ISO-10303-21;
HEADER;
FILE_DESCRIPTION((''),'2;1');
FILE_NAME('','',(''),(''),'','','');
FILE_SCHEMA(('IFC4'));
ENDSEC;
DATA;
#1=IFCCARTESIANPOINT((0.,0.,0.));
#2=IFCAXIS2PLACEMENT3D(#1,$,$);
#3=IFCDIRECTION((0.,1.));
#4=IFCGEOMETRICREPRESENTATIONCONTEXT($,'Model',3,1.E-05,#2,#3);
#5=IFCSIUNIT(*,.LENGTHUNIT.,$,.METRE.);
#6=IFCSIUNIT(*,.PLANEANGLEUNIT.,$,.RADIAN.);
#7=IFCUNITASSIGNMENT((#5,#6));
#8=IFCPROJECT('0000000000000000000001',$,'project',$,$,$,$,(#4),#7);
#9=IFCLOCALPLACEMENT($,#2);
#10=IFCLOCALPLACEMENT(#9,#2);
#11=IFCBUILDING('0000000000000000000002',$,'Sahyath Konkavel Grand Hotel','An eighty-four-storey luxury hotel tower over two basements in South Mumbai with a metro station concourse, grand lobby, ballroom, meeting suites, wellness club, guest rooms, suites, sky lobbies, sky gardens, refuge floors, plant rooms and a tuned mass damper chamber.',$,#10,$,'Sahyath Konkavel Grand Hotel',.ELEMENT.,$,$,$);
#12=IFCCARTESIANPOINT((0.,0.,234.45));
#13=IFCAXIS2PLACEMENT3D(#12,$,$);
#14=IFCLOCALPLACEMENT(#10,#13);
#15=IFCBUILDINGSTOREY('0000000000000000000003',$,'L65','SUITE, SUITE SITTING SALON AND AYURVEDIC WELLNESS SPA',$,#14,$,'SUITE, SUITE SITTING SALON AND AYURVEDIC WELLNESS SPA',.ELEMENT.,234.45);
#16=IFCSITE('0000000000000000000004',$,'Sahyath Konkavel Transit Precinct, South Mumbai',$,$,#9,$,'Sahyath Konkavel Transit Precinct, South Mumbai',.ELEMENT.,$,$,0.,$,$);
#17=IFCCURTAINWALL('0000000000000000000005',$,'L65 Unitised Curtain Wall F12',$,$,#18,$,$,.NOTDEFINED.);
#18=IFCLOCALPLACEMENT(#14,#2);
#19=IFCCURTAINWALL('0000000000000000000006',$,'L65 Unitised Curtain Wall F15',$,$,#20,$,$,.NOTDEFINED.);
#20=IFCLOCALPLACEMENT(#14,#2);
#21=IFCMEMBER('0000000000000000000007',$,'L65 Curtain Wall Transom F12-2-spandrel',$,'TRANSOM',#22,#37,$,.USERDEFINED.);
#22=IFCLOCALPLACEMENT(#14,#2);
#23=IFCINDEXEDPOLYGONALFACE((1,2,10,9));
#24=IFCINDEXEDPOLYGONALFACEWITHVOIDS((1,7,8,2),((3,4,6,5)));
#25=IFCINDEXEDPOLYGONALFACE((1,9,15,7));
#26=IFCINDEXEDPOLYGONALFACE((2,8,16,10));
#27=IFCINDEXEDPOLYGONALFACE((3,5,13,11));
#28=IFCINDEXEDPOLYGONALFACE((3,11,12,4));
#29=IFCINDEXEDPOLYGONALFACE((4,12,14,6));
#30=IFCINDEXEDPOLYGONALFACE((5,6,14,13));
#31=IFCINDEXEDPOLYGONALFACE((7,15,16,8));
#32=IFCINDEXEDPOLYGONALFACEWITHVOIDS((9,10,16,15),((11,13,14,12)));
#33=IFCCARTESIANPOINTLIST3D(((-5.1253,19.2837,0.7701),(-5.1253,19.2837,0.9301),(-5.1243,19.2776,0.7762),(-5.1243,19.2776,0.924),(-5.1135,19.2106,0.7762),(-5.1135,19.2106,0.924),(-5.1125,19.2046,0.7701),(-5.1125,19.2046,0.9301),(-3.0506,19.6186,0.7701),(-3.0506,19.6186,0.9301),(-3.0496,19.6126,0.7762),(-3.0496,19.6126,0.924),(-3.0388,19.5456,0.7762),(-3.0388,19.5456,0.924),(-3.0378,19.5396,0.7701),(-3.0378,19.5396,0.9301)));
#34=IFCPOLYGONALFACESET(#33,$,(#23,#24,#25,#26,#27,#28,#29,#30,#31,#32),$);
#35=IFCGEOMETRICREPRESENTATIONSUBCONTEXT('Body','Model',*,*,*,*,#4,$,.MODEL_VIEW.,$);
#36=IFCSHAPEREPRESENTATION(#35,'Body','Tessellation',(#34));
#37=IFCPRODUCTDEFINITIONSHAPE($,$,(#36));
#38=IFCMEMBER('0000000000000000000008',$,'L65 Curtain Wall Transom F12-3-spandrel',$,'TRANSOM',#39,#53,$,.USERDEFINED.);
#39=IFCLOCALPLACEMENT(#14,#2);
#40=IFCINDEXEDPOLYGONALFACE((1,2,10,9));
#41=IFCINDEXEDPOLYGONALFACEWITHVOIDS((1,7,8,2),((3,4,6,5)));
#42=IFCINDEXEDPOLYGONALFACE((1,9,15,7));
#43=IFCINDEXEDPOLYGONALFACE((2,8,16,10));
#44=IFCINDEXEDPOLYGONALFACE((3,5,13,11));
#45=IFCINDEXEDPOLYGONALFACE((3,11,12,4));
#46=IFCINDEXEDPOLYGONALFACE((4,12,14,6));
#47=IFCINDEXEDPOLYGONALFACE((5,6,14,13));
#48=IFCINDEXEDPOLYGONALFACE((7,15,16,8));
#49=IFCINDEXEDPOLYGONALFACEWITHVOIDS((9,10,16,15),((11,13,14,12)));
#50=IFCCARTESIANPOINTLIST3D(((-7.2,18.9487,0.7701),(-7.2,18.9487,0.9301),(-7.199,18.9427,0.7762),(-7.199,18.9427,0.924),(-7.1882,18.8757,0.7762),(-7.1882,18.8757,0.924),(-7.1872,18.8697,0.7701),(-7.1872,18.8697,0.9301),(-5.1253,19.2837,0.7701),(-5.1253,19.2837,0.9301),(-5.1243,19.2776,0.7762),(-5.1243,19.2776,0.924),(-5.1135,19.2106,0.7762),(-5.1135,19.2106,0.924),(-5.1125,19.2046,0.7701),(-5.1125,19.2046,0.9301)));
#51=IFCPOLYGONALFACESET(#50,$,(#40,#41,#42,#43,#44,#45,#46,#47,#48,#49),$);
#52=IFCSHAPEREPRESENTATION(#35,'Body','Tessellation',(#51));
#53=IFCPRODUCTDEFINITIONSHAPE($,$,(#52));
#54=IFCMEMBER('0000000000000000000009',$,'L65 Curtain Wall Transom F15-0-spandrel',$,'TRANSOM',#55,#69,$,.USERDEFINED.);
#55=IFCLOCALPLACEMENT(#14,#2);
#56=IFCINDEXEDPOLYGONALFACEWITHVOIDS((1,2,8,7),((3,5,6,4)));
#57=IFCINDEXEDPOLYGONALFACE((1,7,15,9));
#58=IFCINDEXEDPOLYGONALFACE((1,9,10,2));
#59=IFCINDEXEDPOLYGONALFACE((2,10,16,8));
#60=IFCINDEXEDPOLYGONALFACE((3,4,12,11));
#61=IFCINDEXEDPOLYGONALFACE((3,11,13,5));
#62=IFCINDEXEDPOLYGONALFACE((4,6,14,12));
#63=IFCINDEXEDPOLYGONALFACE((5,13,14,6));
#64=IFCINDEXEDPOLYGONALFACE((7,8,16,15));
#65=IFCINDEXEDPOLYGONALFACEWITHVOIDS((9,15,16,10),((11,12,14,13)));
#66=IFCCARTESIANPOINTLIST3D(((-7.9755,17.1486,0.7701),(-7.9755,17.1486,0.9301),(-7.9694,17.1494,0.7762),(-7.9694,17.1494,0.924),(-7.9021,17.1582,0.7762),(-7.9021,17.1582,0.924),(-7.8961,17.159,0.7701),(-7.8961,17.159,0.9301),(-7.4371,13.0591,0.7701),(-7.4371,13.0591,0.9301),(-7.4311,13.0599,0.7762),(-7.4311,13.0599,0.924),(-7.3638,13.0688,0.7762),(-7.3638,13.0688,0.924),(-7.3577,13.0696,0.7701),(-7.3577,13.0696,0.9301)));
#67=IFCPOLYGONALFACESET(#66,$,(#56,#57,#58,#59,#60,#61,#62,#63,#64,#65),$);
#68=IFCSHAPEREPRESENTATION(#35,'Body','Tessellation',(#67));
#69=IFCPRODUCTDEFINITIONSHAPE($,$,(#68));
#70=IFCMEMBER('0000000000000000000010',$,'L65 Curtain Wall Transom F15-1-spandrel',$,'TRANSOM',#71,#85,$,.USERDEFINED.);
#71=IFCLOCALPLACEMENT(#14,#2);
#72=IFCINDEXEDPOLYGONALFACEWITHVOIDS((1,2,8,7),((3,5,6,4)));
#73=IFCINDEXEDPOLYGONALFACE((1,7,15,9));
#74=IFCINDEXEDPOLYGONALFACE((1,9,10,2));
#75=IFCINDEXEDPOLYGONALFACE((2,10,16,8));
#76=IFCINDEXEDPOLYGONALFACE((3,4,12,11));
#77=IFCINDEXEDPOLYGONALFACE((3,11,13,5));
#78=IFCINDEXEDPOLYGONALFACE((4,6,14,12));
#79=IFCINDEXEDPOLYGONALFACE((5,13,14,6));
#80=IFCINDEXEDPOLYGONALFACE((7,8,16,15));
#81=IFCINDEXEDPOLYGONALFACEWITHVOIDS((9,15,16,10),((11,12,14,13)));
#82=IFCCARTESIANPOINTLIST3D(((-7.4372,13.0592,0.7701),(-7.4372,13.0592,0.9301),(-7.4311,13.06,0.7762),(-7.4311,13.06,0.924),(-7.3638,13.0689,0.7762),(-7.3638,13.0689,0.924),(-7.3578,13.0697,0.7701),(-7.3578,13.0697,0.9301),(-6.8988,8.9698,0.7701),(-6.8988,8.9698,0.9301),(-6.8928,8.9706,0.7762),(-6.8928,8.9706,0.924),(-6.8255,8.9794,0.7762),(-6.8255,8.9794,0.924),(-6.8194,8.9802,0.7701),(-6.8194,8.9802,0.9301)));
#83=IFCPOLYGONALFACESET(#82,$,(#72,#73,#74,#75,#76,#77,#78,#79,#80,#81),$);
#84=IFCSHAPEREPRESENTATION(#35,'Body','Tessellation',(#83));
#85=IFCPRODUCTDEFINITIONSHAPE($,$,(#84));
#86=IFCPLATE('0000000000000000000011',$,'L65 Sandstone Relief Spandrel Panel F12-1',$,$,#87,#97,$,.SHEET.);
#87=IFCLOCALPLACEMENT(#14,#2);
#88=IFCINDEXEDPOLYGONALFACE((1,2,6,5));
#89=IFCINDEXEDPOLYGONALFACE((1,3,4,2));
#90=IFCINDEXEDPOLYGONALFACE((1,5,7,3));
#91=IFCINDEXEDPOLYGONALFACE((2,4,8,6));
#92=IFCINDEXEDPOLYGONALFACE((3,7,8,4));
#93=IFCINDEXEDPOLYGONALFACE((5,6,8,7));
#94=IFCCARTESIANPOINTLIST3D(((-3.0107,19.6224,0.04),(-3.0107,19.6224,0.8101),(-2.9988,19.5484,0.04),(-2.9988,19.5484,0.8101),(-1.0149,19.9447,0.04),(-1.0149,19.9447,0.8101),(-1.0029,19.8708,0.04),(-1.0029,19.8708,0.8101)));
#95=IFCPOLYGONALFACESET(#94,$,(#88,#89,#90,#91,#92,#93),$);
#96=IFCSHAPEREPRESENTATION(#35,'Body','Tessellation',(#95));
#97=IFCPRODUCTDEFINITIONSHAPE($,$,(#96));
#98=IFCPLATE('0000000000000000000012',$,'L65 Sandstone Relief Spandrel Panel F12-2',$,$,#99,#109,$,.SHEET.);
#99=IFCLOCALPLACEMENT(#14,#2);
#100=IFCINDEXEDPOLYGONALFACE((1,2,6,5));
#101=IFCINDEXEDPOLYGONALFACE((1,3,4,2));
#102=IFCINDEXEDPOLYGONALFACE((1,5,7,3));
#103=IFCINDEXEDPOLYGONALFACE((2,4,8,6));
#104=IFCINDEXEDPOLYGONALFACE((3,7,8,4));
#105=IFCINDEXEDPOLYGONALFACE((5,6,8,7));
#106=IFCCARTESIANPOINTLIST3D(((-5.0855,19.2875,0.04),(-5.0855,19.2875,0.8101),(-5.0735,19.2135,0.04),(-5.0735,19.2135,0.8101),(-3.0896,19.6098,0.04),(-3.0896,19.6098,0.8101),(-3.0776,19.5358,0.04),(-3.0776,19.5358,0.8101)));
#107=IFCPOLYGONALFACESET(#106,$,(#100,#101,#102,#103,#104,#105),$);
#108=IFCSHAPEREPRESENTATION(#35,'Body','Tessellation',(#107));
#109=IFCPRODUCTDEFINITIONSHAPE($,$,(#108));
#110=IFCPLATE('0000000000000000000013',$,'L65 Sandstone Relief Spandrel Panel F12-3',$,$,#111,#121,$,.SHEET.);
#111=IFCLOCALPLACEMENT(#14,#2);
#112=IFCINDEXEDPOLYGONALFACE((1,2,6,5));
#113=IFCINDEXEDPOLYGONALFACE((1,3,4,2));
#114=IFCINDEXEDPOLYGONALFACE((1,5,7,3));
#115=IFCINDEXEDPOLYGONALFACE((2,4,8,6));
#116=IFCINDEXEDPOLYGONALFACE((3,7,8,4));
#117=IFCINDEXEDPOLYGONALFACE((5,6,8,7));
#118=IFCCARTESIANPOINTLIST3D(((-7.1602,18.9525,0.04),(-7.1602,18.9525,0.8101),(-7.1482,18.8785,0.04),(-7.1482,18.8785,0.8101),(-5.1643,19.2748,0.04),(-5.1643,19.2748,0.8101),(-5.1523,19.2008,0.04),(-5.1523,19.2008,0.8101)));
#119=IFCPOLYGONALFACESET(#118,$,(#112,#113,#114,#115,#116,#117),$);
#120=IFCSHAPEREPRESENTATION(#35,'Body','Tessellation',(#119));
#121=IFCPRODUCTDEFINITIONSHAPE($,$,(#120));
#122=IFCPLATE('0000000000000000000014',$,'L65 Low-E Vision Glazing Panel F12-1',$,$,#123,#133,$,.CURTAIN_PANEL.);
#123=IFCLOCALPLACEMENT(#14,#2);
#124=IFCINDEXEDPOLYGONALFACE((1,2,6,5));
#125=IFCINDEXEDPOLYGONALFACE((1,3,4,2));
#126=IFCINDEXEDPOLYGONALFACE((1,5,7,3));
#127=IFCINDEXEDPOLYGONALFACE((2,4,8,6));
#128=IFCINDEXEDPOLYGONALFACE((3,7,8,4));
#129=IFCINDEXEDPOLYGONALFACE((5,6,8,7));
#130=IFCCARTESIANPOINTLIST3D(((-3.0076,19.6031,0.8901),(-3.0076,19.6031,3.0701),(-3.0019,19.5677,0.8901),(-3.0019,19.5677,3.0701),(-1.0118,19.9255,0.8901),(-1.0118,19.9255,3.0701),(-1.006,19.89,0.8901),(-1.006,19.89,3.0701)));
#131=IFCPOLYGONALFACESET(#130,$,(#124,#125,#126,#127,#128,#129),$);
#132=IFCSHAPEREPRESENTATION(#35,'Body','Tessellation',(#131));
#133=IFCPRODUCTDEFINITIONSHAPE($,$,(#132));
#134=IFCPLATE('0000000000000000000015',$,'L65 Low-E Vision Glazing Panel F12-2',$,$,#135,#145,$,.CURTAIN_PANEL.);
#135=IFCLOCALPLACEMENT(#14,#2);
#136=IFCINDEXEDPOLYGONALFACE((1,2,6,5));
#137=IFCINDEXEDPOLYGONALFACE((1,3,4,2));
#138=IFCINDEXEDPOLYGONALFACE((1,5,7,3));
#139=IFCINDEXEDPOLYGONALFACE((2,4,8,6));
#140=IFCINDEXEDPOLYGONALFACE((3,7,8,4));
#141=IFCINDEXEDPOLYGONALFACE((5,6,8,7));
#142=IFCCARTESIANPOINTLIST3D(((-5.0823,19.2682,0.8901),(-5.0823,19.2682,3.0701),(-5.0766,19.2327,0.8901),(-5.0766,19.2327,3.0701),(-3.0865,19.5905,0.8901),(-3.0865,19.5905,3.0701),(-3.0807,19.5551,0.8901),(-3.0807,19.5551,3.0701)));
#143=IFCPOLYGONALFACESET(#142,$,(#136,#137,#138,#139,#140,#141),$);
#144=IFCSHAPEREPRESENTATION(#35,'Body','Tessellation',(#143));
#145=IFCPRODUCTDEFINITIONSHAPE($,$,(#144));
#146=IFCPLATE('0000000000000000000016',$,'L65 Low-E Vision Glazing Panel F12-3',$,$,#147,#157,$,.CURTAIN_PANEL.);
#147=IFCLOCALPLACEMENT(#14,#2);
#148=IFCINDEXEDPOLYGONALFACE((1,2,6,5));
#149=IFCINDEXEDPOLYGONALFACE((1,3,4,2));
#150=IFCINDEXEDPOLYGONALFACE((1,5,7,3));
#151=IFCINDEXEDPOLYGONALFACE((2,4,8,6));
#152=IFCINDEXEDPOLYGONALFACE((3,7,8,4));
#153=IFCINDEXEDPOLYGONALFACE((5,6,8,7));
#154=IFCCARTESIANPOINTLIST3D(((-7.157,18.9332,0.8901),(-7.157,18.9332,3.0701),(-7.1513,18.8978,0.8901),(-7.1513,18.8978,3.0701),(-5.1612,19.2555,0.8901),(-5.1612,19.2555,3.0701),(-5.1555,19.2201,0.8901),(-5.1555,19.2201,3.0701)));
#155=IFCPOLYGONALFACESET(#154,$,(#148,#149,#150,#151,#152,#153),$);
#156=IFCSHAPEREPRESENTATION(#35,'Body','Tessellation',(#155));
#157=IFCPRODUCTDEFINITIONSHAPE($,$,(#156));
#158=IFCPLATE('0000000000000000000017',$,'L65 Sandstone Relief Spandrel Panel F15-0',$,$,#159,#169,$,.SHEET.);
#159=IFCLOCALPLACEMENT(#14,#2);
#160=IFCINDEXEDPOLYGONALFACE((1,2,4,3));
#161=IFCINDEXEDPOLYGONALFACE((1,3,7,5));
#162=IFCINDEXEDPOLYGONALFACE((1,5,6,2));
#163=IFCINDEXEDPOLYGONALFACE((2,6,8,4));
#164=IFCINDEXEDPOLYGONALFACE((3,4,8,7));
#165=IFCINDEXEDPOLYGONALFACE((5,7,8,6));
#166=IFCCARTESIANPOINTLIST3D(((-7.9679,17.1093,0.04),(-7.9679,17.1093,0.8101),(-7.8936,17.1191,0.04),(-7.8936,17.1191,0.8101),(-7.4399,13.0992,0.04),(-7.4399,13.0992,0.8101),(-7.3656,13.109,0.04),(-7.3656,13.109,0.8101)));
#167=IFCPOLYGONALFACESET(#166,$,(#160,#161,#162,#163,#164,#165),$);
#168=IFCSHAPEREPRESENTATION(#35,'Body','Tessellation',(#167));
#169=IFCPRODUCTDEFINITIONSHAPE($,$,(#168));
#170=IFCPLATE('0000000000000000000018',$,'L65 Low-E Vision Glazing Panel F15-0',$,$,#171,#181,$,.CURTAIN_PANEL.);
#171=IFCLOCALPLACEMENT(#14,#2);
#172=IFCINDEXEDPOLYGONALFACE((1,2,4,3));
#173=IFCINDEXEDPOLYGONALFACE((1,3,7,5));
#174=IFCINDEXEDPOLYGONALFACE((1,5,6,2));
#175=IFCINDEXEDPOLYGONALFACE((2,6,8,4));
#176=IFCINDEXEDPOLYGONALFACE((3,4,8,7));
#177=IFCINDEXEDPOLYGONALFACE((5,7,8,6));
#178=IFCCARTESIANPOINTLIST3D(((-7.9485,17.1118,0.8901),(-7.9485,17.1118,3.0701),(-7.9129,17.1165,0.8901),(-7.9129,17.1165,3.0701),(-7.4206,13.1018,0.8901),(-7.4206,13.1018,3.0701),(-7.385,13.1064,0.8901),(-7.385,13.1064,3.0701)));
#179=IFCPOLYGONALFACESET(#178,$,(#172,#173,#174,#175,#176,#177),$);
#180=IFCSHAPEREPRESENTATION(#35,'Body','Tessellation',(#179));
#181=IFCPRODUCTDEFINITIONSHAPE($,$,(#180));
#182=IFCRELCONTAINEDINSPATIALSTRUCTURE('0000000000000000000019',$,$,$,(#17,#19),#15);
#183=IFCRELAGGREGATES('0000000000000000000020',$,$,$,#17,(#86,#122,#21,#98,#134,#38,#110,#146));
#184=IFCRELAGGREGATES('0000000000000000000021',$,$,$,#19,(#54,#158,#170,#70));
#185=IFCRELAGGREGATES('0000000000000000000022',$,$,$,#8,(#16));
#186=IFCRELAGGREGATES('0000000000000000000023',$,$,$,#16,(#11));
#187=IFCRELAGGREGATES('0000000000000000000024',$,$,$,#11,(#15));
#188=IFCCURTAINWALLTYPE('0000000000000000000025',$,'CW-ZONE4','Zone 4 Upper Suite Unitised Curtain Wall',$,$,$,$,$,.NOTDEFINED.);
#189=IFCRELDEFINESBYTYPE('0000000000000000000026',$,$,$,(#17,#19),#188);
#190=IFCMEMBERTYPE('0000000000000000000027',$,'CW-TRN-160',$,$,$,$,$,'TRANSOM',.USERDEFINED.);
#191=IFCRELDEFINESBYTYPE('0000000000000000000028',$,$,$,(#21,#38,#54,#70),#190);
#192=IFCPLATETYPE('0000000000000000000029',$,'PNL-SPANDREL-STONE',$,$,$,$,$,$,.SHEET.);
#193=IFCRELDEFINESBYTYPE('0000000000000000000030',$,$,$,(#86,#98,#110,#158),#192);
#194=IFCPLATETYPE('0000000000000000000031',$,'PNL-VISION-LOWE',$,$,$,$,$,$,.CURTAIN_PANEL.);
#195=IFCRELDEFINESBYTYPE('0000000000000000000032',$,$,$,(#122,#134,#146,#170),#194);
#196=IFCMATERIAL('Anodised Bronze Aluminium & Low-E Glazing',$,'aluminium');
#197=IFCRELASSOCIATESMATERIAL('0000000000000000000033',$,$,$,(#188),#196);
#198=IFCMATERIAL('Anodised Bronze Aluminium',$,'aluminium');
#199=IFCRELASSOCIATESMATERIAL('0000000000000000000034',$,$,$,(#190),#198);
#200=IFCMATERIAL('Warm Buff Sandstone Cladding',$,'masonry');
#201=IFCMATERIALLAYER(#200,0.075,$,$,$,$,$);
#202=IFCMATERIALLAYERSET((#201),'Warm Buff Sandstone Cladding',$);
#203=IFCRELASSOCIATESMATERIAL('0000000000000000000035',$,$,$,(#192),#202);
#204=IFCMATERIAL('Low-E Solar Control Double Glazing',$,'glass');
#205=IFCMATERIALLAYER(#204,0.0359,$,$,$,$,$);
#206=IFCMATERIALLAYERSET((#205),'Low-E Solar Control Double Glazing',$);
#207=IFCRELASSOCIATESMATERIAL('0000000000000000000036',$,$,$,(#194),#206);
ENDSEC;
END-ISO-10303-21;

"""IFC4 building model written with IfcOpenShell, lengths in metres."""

from ifc_helpers import new_model, si_unit, direction, frame, origin, origin_2d, place, context, subcontext, project, spatial, rectangle, hollow_rectangle, extrude, source, transform, mapped, material, layer, layer_set, material_profile, profile_set, type_object, element, aggregate, save


model = new_model("IFC4")

# Units and contexts
model_context = context("Model", 3, precision=1e-05, world=origin(), true_north=direction((0.0, 1.0)))
body_context = subcontext(model_context, "Body", "Model", "MODEL_VIEW")
ifc_project = project(units=[si_unit("LENGTHUNIT", "METRE"), si_unit("PLANEANGLEUNIT", "RADIAN")], contexts=[model_context])

# Site, building, storey
site_placement = place(None, origin())
site = spatial("IfcSite", under=ifc_project, at=site_placement, Name="Sahyath Konkavel Transit Precinct, South Mumbai", LongName="Sahyath Konkavel Transit Precinct, South Mumbai", CompositionType="ELEMENT", RefElevation=0.0)
building_placement = place(site_placement, origin())
building = spatial("IfcBuilding", under=site, at=building_placement, Name="Sahyath Konkavel Grand Hotel", Description="An eighty-four-storey luxury hotel tower over two basements in South Mumbai with a metro station concourse, grand lobby, ballroom, meeting suites, wellness club, guest rooms, suites, sky lobbies, sky gardens, refuge floors, plant rooms and a tuned mass damper chamber.", LongName="Sahyath Konkavel Grand Hotel", CompositionType="ELEMENT")
storey_placement = place(building_placement, frame((0.0, 0.0, 234.45)))
storey = spatial("IfcBuildingStorey", under=building, at=storey_placement, Name="L65", Description="SUITE, SUITE SITTING SALON AND AYURVEDIC WELLNESS SPA", LongName="SUITE, SUITE SITTING SALON AND AYURVEDIC WELLNESS SPA", CompositionType="ELEMENT", Elevation=234.45)

# Curtain wall
ifc_material_1 = material(Name="Anodised Bronze Aluminium & Low-E Glazing", Category="aluminium")
curtain_wall_type = type_object("IfcCurtainWallType", Name="CW-ZONE4", Description="Zone 4 Upper Suite Unitised Curtain Wall", PredefinedType="NOTDEFINED", material=ifc_material_1)
curtain_wall_1_placement = place(storey_placement, origin())
curtain_wall_1 = element("IfcCurtainWall", 1, at=curtain_wall_1_placement, inside=storey, type_object=curtain_wall_type, Name="L65 Unitised Curtain Wall F12", PredefinedType="NOTDEFINED")
ifc_material_2 = material(Name="Anodised Bronze Aluminium", Category="aluminium")

# Curtain wall
curtain_wall_2_placement = place(storey_placement, origin())
curtain_wall_2 = element("IfcCurtainWall", 2, at=curtain_wall_2_placement, inside=storey, type_object=curtain_wall_type, Name="L65 Unitised Curtain Wall F15", PredefinedType="NOTDEFINED")

# Members
ifc_material_profile_1 = material_profile(ifc_material_2, hollow_rectangle(XDim=0.0801, YDim=0.1599, WallThickness=0.0061, at=origin_2d()), Name="RHS 160x80x6")
ifc_profile_set_1 = profile_set([ifc_material_profile_1], Name="Anodised Bronze Aluminium")
member_type_1 = type_object("IfcMemberType", Name="CW-TRN-160", ElementType="TRANSOM", PredefinedType="USERDEFINED", material=ifc_profile_set_1)
shared_shape_1 = source(origin(), body_context, "Body", "SweptSolid", [
    extrude(hollow_rectangle(XDim=0.0801, YDim=0.1599, WallThickness=0.0061, at=origin_2d()), origin(), (0.0, 0.0, 1.0), 2.1016),
])
member_1_placement = place(storey_placement, frame((-3.0442, 19.5791, 0.8501), z_axis=(-0.987216, -0.159386, 0.0), x_axis=(0.159386, -0.987216, 0.0)))
member_1 = element("IfcMember", 3, at=member_1_placement, type_object=member_type_1, Name="L65 Curtain Wall Transom F12-2-spandrel", ObjectType="TRANSOM", PredefinedType="USERDEFINED", context=body_context, shape_type="MappedRepresentation", body=[
    mapped(shared_shape_1, transform((0.0, 0.0, 0.0), scale=1.0)),
])
member_2_placement = place(storey_placement, frame((-5.1189, 19.2441, 0.8501), z_axis=(-0.987216, -0.159386, 0.0), x_axis=(0.159386, -0.987216, 0.0)))
member_2 = element("IfcMember", 4, at=member_2_placement, type_object=member_type_1, Name="L65 Curtain Wall Transom F12-3-spandrel", ObjectType="TRANSOM", PredefinedType="USERDEFINED", context=body_context, shape_type="MappedRepresentation", body=[
    mapped(shared_shape_1, transform((0.0, 0.0, 0.0), scale=1.0)),
])
shared_shape_2 = source(origin(), body_context, "Body", "SweptSolid", [
    extrude(hollow_rectangle(XDim=0.0801, YDim=0.1599, WallThickness=0.0061, at=origin_2d()), origin(), (0.0, 0.0, 1.0), 4.1248),
])
member_3_placement = place(storey_placement, frame((-7.9358, 17.1538, 0.8501), z_axis=(0.130516, -0.991446, 0.0), x_axis=(0.991446, 0.130516, 0.0)))
member_3 = element("IfcMember", 5, at=member_3_placement, type_object=member_type_1, Name="L65 Curtain Wall Transom F15-0-spandrel", ObjectType="TRANSOM", PredefinedType="USERDEFINED", context=body_context, shape_type="MappedRepresentation", body=[
    mapped(shared_shape_2, transform((0.0, 0.0, 0.0), scale=1.0)),
])
member_4_placement = place(storey_placement, frame((-7.3975, 13.0645, 0.8501), z_axis=(0.130516, -0.991446, 0.0), x_axis=(0.991446, 0.130516, 0.0)))
member_4 = element("IfcMember", 6, at=member_4_placement, type_object=member_type_1, Name="L65 Curtain Wall Transom F15-1-spandrel", ObjectType="TRANSOM", PredefinedType="USERDEFINED", context=body_context, shape_type="MappedRepresentation", body=[
    mapped(shared_shape_2, transform((0.0, 0.0, 0.0), scale=1.0)),
])

# Plates
ifc_material_3 = material(Name="Warm Buff Sandstone Cladding", Category="masonry")
ifc_layer_1 = layer(ifc_material_3, 0.075)
ifc_layer_set_1 = layer_set([ifc_layer_1], Name="Warm Buff Sandstone Cladding")
plate_type_1 = type_object("IfcPlateType", Name="PNL-SPANDREL-STONE", PredefinedType="SHEET", material=ifc_layer_set_1)
shared_shape_3 = source(origin(), body_context, "Body", "SweptSolid", [
    extrude(rectangle(XDim=2.0217, YDim=0.075, at=origin_2d()), origin(), (0.0, 0.0, 1.0), 0.77),
])
plate_1_placement = place(storey_placement, frame((-2.0068, 19.7466, 0.04), z_axis=(0.0, 0.0, 1.0), x_axis=(-0.987209, -0.159433, 0.0)))
plate_1 = element("IfcPlate", 7, at=plate_1_placement, type_object=plate_type_1, Name="L65 Sandstone Relief Spandrel Panel F12-1", PredefinedType="SHEET", context=body_context, shape_type="MappedRepresentation", body=[
    mapped(shared_shape_3, transform((0.0, 0.0, 0.0), scale=1.0)),
])
plate_2_placement = place(storey_placement, frame((-4.0815, 19.4116, 0.04), z_axis=(0.0, 0.0, 1.0), x_axis=(-0.987209, -0.159433, 0.0)))
plate_2 = element("IfcPlate", 8, at=plate_2_placement, type_object=plate_type_1, Name="L65 Sandstone Relief Spandrel Panel F12-2", PredefinedType="SHEET", context=body_context, shape_type="MappedRepresentation", body=[
    mapped(shared_shape_3, transform((0.0, 0.0, 0.0), scale=1.0)),
])
plate_3_placement = place(storey_placement, frame((-6.1562, 19.0767, 0.04), z_axis=(0.0, 0.0, 1.0), x_axis=(-0.987209, -0.159433, 0.0)))
plate_3 = element("IfcPlate", 9, at=plate_3_placement, type_object=plate_type_1, Name="L65 Sandstone Relief Spandrel Panel F12-3", PredefinedType="SHEET", context=body_context, shape_type="MappedRepresentation", body=[
    mapped(shared_shape_3, transform((0.0, 0.0, 0.0), scale=1.0)),
])
ifc_material_4 = material(Name="Low-E Solar Control Double Glazing", Category="glass")
ifc_layer_2 = layer(ifc_material_4, 0.0359)
ifc_layer_set_2 = layer_set([ifc_layer_2], Name="Low-E Solar Control Double Glazing")
plate_type_2 = type_object("IfcPlateType", Name="PNL-VISION-LOWE", PredefinedType="CURTAIN_PANEL", material=ifc_layer_set_2)
shared_shape_4 = source(origin(), body_context, "Body", "SweptSolid", [
    extrude(rectangle(XDim=2.0217, YDim=0.0359, at=origin_2d()), origin(), (0.0, 0.0, 1.0), 2.1799),
])
plate_4_placement = place(storey_placement, frame((-2.0068, 19.7466, 0.8901), z_axis=(0.0, 0.0, 1.0), x_axis=(-0.987209, -0.159433, 0.0)))
plate_4 = element("IfcPlate", 10, at=plate_4_placement, type_object=plate_type_2, Name="L65 Low-E Vision Glazing Panel F12-1", PredefinedType="CURTAIN_PANEL", context=body_context, shape_type="MappedRepresentation", body=[
    mapped(shared_shape_4, transform((0.0, 0.0, 0.0), scale=1.0)),
])
plate_5_placement = place(storey_placement, frame((-4.0815, 19.4116, 0.8901), z_axis=(0.0, 0.0, 1.0), x_axis=(-0.987209, -0.159433, 0.0)))
plate_5 = element("IfcPlate", 11, at=plate_5_placement, type_object=plate_type_2, Name="L65 Low-E Vision Glazing Panel F12-2", PredefinedType="CURTAIN_PANEL", context=body_context, shape_type="MappedRepresentation", body=[
    mapped(shared_shape_4, transform((0.0, 0.0, 0.0), scale=1.0)),
])
plate_6_placement = place(storey_placement, frame((-6.1562, 19.0767, 0.8901), z_axis=(0.0, 0.0, 1.0), x_axis=(-0.987209, -0.159433, 0.0)))
plate_6 = element("IfcPlate", 12, at=plate_6_placement, type_object=plate_type_2, Name="L65 Low-E Vision Glazing Panel F12-3", PredefinedType="CURTAIN_PANEL", context=body_context, shape_type="MappedRepresentation", body=[
    mapped(shared_shape_4, transform((0.0, 0.0, 0.0), scale=1.0)),
])
aggregate(curtain_wall_1, [plate_1, plate_4, member_1, plate_2, plate_5, member_2, plate_3, plate_6])
shared_shape_5 = source(origin(), body_context, "Body", "SweptSolid", [
    extrude(rectangle(XDim=4.0447, YDim=0.075, at=origin_2d()), origin(), (0.0, 0.0, 1.0), 0.77),
])
plate_7_placement = place(storey_placement, frame((-7.6667, 15.1091, 0.04), z_axis=(0.0, 0.0, 1.0), x_axis=(0.130526, -0.991445, 0.0)))
plate_7 = element("IfcPlate", 13, at=plate_7_placement, type_object=plate_type_1, Name="L65 Sandstone Relief Spandrel Panel F15-0", PredefinedType="SHEET", context=body_context, shape_type="MappedRepresentation", body=[
    mapped(shared_shape_5, transform((0.0, 0.0, 0.0), scale=1.0)),
])
shared_shape_6 = source(origin(), body_context, "Body", "SweptSolid", [
    extrude(rectangle(XDim=4.0447, YDim=0.0359, at=origin_2d()), origin(), (0.0, 0.0, 1.0), 2.1799),
])
plate_8_placement = place(storey_placement, frame((-7.6667, 15.1091, 0.8901), z_axis=(0.0, 0.0, 1.0), x_axis=(0.130526, -0.991445, 0.0)))
plate_8 = element("IfcPlate", 14, at=plate_8_placement, type_object=plate_type_2, Name="L65 Low-E Vision Glazing Panel F15-0", PredefinedType="CURTAIN_PANEL", context=body_context, shape_type="MappedRepresentation", body=[
    mapped(shared_shape_6, transform((0.0, 0.0, 0.0), scale=1.0)),
])
aggregate(curtain_wall_2, [member_3, plate_7, plate_8, member_4])

save(model, "model.ifc")
